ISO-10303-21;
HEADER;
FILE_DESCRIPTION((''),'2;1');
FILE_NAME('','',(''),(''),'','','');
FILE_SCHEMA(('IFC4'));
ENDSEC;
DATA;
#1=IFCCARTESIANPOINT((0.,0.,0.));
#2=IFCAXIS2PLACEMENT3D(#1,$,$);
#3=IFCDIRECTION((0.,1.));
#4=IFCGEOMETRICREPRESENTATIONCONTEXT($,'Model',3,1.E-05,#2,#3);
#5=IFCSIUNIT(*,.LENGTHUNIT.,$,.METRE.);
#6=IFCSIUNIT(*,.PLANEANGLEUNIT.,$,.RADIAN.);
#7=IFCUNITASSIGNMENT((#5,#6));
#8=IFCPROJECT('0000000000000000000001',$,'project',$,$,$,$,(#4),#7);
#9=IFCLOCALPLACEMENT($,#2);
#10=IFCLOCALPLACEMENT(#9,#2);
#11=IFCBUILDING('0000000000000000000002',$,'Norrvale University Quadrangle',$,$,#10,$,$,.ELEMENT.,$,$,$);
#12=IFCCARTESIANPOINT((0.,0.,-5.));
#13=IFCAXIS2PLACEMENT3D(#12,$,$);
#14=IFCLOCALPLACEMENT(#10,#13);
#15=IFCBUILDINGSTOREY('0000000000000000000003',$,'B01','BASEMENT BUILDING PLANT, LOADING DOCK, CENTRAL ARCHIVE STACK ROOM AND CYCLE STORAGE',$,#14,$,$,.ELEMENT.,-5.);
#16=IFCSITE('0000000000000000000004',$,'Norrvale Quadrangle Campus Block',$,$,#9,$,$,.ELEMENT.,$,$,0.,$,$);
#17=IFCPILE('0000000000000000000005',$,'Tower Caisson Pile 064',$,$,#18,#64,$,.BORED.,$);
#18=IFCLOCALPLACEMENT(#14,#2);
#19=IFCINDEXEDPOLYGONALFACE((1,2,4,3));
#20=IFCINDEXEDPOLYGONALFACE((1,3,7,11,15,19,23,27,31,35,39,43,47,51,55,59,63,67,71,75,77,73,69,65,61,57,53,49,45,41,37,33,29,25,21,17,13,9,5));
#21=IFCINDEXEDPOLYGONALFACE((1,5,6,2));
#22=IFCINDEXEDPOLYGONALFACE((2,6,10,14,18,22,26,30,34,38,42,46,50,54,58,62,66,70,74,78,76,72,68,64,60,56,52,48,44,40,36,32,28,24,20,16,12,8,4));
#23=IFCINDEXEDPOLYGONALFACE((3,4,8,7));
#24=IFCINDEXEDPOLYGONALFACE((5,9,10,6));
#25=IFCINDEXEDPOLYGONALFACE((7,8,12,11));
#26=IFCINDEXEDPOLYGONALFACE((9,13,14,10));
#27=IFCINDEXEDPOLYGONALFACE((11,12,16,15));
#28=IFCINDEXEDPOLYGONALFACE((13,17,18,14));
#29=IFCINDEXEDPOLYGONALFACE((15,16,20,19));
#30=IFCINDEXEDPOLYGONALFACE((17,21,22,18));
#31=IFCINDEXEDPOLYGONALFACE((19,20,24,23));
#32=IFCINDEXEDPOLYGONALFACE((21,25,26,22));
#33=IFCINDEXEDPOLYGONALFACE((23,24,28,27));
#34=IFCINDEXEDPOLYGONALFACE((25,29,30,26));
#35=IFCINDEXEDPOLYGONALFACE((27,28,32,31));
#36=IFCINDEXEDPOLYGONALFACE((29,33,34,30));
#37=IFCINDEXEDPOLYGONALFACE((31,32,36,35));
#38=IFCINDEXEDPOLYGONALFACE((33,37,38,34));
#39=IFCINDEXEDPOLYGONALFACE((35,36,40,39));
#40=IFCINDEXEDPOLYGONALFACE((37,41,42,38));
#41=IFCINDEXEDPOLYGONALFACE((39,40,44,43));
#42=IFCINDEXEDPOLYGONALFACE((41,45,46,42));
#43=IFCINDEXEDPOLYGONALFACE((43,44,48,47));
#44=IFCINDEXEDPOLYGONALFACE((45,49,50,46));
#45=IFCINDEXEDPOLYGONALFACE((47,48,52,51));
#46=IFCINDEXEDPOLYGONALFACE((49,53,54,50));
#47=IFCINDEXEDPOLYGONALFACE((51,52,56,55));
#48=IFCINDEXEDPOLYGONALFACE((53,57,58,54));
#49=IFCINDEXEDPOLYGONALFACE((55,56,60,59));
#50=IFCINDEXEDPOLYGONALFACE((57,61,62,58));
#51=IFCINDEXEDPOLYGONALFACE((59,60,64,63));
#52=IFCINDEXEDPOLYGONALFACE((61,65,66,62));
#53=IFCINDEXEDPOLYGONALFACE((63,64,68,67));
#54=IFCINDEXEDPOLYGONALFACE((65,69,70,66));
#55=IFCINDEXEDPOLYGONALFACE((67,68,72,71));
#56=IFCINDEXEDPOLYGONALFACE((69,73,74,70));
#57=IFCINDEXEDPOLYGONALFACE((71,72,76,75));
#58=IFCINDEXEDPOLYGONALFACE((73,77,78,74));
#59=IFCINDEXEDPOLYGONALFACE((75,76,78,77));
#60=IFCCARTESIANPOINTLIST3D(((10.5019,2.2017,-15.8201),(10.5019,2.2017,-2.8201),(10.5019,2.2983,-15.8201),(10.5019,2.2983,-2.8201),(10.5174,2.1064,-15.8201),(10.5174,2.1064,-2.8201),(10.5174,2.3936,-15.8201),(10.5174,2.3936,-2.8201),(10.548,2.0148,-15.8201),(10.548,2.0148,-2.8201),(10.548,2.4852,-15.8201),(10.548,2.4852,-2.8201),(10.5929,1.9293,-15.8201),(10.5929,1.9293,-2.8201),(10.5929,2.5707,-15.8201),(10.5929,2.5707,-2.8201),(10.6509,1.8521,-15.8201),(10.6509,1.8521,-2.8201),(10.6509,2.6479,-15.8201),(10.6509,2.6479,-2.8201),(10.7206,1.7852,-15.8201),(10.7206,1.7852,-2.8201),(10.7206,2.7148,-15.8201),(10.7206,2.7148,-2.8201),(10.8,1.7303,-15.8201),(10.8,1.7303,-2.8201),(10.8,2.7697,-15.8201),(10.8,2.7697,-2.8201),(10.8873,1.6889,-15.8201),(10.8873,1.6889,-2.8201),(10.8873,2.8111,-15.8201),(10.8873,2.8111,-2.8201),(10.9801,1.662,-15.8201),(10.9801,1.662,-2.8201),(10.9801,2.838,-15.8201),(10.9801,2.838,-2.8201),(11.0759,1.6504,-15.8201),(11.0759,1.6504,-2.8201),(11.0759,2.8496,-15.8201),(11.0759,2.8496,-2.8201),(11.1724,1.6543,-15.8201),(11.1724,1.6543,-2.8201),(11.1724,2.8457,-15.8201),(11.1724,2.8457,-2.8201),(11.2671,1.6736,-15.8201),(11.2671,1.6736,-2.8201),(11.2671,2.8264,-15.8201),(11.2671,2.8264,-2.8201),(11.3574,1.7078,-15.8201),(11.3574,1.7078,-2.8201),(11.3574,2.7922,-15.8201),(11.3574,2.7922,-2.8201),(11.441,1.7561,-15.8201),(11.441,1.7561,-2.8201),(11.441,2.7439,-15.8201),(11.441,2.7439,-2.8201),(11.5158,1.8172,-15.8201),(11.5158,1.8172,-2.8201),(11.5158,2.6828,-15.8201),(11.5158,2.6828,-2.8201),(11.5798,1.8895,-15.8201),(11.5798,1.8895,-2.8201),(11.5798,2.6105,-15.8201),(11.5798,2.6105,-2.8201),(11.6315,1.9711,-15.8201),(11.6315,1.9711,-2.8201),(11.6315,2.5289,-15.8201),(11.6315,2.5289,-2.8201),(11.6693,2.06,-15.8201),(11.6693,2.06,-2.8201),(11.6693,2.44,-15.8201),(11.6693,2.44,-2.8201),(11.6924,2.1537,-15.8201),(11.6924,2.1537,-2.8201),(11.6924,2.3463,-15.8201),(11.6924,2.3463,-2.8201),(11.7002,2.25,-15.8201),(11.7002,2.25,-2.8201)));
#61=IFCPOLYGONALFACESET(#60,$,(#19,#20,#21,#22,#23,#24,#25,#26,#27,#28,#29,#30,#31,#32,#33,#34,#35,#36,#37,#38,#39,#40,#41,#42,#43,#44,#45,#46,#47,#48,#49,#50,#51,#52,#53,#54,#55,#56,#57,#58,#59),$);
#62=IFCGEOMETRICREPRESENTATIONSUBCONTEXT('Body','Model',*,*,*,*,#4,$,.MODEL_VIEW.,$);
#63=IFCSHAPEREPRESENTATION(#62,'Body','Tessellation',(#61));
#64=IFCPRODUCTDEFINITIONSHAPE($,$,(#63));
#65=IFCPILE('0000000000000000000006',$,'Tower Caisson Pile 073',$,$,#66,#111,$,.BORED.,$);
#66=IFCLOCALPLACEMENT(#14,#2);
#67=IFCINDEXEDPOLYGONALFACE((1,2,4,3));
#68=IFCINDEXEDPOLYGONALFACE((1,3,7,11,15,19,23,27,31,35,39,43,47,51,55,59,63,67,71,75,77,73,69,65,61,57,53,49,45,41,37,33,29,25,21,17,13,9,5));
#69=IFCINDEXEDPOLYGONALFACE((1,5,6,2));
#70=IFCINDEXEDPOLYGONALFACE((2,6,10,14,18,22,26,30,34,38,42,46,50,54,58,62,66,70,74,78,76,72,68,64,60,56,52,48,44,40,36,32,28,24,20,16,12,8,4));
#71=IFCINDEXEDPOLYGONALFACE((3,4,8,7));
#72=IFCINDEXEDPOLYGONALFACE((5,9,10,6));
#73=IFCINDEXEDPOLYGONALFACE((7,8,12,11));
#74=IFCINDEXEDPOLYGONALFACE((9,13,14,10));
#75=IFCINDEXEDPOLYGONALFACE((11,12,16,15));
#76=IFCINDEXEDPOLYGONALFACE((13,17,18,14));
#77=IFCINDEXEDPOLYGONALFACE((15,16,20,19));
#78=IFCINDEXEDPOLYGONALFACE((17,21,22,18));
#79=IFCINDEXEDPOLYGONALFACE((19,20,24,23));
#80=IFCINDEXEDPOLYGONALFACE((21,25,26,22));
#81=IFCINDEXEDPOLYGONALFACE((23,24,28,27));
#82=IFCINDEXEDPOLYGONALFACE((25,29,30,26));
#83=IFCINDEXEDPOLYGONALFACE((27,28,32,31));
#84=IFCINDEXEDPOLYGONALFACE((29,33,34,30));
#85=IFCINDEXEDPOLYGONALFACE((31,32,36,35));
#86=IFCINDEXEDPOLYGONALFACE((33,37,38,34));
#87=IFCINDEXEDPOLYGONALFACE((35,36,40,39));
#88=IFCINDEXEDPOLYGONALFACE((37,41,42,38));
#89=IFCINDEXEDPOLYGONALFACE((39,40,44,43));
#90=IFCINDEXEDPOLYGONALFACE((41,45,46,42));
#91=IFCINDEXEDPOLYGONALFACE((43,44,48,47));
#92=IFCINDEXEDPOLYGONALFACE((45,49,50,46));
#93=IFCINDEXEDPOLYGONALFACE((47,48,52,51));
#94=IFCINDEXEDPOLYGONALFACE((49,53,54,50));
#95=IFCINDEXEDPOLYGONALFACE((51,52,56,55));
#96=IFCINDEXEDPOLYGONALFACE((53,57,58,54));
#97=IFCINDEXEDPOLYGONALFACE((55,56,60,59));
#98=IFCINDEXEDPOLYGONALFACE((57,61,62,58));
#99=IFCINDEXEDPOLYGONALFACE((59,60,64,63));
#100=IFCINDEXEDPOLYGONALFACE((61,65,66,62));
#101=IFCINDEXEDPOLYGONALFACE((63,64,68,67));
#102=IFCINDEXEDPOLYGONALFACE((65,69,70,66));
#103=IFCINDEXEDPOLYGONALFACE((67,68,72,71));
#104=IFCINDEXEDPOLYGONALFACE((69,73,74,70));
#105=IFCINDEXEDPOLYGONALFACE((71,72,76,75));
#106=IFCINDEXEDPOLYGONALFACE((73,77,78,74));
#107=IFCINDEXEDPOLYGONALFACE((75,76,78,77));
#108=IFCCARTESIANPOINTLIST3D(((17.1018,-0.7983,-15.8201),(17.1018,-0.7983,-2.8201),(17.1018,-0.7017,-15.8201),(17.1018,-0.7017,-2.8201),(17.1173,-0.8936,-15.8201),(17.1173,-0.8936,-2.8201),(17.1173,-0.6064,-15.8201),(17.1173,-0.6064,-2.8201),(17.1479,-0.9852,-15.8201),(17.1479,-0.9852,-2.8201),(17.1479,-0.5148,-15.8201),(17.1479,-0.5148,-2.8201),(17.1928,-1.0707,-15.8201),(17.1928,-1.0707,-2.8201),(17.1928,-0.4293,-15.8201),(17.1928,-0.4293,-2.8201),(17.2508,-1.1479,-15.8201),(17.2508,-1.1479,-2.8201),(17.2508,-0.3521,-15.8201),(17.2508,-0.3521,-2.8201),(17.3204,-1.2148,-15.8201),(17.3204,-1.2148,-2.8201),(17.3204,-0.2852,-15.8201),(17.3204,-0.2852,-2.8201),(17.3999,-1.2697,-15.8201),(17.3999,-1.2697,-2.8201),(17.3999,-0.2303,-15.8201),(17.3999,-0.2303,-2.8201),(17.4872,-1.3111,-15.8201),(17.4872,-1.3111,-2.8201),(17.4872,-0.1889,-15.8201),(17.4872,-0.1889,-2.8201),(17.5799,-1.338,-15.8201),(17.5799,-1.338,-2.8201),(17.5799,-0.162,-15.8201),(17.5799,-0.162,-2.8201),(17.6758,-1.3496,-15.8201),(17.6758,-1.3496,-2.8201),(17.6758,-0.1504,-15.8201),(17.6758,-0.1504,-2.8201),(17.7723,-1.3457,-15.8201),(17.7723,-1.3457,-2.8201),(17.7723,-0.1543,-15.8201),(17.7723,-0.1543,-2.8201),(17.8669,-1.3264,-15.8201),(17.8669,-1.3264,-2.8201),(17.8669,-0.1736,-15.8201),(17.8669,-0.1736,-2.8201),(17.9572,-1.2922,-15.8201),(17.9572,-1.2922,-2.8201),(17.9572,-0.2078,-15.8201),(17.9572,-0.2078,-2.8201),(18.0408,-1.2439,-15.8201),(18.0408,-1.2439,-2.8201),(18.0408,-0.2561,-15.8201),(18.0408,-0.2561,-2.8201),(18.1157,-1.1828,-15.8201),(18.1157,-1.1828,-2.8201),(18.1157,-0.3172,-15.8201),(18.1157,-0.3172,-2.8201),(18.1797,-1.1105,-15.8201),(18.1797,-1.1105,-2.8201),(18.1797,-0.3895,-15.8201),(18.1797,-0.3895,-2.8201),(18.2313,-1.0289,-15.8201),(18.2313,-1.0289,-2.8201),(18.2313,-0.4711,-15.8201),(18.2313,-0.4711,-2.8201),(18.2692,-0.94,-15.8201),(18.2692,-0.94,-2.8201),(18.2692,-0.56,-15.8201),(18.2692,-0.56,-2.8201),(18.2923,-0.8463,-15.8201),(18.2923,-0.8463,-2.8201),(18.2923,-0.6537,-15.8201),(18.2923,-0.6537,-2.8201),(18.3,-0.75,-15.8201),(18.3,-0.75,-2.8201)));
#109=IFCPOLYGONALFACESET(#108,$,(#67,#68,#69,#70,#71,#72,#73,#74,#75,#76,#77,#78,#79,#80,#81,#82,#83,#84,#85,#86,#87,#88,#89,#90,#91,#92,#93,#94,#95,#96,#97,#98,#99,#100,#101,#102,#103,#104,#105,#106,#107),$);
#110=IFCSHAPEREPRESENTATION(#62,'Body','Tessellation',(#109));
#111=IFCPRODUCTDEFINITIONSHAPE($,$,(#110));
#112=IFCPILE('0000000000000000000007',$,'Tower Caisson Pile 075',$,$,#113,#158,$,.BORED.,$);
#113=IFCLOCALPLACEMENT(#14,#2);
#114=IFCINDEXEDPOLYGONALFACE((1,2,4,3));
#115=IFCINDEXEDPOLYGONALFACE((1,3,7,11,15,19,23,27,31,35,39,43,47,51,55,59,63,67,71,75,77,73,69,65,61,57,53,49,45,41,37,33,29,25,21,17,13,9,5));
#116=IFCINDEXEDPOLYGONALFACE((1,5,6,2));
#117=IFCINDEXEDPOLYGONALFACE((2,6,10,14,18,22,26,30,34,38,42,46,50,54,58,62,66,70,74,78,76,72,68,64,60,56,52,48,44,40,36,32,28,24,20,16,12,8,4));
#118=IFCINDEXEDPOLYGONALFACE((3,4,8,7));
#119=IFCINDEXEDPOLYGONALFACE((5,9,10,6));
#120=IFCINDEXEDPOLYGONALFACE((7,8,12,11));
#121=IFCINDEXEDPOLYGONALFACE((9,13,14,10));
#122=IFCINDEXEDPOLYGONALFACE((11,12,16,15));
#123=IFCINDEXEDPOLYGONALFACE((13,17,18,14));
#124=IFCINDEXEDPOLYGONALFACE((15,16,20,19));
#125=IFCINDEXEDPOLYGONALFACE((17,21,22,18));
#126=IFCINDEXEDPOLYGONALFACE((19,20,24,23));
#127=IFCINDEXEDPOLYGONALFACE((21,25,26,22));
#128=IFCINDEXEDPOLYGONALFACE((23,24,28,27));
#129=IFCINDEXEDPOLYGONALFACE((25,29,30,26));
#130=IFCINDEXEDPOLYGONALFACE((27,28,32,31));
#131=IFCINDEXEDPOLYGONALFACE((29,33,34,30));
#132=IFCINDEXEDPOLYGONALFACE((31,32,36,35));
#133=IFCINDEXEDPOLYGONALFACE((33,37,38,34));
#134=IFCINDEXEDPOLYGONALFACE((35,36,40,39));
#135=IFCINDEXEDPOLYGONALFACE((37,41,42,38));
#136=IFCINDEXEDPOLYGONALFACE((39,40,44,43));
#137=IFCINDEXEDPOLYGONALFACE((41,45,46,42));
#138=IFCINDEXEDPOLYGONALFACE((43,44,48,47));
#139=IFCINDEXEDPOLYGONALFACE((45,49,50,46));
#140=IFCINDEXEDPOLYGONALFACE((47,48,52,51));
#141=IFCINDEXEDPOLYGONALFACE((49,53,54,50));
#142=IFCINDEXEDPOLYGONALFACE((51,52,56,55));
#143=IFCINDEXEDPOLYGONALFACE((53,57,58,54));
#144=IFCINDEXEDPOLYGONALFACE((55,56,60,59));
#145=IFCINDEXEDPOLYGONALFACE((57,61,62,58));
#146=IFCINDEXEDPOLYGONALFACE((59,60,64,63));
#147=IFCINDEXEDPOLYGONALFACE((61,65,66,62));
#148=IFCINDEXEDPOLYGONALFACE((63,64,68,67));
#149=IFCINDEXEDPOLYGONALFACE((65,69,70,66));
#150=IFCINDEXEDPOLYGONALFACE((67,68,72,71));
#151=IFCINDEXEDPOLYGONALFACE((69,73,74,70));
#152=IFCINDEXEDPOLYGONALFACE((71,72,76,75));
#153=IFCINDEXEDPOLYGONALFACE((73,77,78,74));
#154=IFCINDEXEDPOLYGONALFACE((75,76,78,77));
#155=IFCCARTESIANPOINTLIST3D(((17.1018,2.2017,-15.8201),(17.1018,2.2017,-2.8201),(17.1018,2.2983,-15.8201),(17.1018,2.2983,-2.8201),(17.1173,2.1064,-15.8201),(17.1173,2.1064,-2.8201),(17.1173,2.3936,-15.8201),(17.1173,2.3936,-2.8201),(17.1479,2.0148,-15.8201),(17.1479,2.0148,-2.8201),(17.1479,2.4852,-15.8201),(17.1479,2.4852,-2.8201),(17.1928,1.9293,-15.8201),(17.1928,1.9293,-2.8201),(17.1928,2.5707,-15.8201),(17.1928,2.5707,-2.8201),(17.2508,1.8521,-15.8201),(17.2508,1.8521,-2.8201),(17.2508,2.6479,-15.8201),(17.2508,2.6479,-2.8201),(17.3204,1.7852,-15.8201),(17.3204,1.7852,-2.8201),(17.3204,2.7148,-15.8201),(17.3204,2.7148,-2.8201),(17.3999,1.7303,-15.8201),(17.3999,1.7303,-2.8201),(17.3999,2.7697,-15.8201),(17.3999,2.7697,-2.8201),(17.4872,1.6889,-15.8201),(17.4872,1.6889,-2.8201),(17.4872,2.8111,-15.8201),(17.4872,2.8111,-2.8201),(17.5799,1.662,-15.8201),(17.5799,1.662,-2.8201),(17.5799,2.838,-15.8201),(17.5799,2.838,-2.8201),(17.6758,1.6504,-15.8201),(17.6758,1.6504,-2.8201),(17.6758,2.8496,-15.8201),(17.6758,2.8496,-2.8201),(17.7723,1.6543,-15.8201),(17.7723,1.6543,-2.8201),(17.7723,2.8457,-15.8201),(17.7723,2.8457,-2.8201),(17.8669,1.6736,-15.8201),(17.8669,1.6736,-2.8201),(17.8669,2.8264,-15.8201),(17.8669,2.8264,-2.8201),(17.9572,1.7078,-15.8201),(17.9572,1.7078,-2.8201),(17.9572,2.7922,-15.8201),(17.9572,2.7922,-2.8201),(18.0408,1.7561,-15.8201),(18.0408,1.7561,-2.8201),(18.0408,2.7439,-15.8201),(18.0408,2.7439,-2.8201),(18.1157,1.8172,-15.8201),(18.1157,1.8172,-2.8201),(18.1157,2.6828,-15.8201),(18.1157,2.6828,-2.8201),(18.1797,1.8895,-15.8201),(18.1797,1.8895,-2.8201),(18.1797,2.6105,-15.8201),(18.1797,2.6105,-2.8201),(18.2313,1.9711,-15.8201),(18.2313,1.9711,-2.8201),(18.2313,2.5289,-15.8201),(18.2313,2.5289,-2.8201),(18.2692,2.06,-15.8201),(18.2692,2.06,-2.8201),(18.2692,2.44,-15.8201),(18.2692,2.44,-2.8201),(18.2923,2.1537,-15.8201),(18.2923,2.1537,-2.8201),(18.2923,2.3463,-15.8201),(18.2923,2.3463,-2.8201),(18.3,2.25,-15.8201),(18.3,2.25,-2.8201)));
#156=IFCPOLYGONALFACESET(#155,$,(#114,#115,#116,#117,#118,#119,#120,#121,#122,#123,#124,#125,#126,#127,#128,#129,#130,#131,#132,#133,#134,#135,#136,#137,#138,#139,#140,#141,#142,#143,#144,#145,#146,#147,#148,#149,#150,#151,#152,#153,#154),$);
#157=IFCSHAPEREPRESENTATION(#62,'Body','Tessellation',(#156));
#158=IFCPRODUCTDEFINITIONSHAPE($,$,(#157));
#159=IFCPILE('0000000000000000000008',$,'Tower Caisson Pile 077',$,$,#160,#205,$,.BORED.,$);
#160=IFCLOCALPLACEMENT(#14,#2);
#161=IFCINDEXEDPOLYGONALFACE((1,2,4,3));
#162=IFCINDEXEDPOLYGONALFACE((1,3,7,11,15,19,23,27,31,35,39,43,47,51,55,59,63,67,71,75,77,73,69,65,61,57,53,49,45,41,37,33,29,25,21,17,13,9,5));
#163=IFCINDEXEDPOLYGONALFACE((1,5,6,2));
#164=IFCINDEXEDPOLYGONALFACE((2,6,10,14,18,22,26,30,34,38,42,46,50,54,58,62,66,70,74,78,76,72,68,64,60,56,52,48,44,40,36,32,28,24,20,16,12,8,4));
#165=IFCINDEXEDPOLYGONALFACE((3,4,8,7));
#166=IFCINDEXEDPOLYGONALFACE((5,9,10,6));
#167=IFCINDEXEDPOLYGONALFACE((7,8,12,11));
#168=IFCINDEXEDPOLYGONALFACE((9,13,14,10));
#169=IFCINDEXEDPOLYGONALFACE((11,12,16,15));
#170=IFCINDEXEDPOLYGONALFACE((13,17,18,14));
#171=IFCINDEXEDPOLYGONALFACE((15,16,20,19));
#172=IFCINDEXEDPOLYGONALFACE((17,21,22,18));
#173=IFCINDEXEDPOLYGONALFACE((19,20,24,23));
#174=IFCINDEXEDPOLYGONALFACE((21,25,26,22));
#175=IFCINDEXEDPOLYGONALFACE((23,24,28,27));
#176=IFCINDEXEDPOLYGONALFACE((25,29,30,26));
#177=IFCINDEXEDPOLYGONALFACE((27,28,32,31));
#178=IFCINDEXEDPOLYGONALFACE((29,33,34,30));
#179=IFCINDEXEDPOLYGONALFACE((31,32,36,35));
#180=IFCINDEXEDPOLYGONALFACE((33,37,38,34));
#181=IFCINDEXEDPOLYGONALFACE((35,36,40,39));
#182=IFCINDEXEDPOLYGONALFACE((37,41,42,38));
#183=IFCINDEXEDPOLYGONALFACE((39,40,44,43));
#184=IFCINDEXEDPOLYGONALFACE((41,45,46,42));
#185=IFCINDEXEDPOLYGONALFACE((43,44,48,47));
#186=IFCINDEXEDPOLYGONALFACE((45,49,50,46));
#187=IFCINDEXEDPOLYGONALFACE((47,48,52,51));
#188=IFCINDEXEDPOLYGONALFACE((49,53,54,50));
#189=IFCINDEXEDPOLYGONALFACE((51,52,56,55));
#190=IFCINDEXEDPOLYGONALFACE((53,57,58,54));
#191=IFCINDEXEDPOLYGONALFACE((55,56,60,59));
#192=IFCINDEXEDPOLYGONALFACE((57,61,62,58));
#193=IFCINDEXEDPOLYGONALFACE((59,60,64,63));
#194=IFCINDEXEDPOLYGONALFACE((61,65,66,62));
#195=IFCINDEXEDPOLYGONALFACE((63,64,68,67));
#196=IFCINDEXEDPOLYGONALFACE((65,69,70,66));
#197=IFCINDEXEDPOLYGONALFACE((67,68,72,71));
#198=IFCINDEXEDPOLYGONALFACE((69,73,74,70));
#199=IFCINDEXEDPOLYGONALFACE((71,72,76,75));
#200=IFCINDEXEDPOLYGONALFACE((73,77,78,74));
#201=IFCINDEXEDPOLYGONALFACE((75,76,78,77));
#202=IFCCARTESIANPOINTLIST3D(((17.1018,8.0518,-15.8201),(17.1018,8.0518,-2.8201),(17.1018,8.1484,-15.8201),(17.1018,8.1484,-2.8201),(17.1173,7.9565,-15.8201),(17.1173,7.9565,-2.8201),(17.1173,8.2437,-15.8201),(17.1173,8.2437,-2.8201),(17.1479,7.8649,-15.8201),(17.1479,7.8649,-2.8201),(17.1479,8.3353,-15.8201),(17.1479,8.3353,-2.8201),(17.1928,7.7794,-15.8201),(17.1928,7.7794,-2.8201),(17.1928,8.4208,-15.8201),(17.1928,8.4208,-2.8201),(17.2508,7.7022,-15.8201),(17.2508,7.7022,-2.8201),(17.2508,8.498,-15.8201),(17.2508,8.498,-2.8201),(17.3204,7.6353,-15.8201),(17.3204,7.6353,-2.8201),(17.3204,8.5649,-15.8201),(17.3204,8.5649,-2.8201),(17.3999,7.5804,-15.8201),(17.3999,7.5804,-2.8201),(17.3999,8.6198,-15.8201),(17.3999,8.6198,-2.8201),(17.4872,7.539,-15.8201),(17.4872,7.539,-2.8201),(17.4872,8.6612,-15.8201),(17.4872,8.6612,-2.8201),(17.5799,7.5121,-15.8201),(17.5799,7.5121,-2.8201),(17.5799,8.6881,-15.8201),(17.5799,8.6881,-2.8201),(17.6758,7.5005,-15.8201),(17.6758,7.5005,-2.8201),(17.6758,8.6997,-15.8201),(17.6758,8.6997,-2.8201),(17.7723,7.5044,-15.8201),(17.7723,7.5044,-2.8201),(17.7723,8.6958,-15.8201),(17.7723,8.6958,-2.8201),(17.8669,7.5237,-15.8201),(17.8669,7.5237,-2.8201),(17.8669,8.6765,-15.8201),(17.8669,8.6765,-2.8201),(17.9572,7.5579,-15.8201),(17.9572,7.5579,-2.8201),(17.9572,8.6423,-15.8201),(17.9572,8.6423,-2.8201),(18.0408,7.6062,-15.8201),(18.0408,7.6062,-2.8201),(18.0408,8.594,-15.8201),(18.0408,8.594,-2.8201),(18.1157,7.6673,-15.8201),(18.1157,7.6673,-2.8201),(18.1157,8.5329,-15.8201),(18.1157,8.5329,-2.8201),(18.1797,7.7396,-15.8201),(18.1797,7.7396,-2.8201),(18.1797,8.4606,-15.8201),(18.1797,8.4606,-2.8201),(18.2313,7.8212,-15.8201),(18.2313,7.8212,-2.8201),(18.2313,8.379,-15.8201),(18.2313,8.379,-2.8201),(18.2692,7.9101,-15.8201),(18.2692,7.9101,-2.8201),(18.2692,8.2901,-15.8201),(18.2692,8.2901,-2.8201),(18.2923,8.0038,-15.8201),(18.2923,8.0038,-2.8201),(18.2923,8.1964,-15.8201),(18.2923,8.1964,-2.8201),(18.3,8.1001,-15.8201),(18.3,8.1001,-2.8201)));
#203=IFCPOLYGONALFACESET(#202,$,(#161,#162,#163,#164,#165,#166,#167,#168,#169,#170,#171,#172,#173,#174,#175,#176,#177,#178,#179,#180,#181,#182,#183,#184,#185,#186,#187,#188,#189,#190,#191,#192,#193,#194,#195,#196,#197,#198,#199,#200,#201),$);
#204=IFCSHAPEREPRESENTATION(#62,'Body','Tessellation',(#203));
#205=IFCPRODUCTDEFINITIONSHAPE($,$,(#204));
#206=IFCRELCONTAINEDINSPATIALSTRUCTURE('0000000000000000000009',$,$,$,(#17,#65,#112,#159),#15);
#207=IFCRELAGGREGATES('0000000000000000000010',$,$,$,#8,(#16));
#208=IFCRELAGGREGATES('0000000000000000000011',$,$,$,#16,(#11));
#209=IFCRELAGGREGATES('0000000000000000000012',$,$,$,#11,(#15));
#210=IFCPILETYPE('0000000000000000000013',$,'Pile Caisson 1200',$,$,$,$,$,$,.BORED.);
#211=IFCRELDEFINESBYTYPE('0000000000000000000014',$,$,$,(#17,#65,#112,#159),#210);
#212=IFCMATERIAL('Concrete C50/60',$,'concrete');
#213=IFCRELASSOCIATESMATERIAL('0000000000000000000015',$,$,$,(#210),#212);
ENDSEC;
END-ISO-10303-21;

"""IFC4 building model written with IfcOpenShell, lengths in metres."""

from ifc_helpers import new_model, si_unit, direction, frame, origin, origin_2d, place, context, subcontext, project, spatial, circle, extrude, material, material_profile, profile_set, type_object, element, save


model = new_model("IFC4")

# Units and contexts
model_context = context("Model", 3, precision=1e-05, world=origin(), true_north=direction((0.0, 1.0)))
body_context = subcontext(model_context, "Body", "Model", "MODEL_VIEW")
ifc_project = project(units=[si_unit("LENGTHUNIT", "METRE"), si_unit("PLANEANGLEUNIT", "RADIAN")], contexts=[model_context])

# Site, building, storey
site_placement = place(None, origin())
site = spatial("IfcSite", under=ifc_project, at=site_placement, Name="Norrvale Quadrangle Campus Block", CompositionType="ELEMENT", RefElevation=0.0)
building_placement = place(site_placement, origin())
building = spatial("IfcBuilding", under=site, at=building_placement, Name="Norrvale University Quadrangle", CompositionType="ELEMENT")
storey_placement = place(building_placement, frame((0.0, 0.0, -5.0)))
storey = spatial("IfcBuildingStorey", under=building, at=storey_placement, Name="B01", Description="BASEMENT BUILDING PLANT, LOADING DOCK, CENTRAL ARCHIVE STACK ROOM AND CYCLE STORAGE", CompositionType="ELEMENT", Elevation=-5.0)

# Shared definitions
ifc_material_1 = material(Name="Concrete C50/60", Category="concrete")

# Piles
ifc_material_profile_1 = material_profile(ifc_material_1, circle(Radius=0.6001, at=origin_2d()), Name="Concrete C50/60")
ifc_profile_set_1 = profile_set([ifc_material_profile_1], Name="Concrete C50/60")
pile_type_1 = type_object("IfcPileType", Name="Pile Caisson 1200", PredefinedType="BORED", material=ifc_profile_set_1)
for number, where, z_axis, x_axis, name in (
    (1, (11.1001, 2.25, -2.8201), (0.0, 0.0, -1.0), (1.0, 0.0, 0.0), "Tower Caisson Pile 064"),
    (2, (17.7, -0.75, -2.8201), (0.0, 0.0, -1.0), (1.0, 0.0, 0.0), "Tower Caisson Pile 073"),
    (3, (17.7, 2.25, -2.8201), (0.0, 0.0, -1.0), (1.0, 0.0, 0.0), "Tower Caisson Pile 075"),
    (4, (17.7, 8.1001, -2.8201), (0.0, 0.0, -1.0), (1.0, 0.0, 0.0), "Tower Caisson Pile 077"),
):
    element("IfcPile", number, at=place(storey_placement, frame(where, z_axis=z_axis, x_axis=x_axis)), inside=storey, type_object=pile_type_1, Name=name, PredefinedType="BORED", context=body_context, shape_type="SweptSolid", body=[
        extrude(circle(Radius=0.6001, at=origin_2d()), origin(), (0.0, 0.0, 1.0), 13.0),
    ])

save(model, "model.ifc")
